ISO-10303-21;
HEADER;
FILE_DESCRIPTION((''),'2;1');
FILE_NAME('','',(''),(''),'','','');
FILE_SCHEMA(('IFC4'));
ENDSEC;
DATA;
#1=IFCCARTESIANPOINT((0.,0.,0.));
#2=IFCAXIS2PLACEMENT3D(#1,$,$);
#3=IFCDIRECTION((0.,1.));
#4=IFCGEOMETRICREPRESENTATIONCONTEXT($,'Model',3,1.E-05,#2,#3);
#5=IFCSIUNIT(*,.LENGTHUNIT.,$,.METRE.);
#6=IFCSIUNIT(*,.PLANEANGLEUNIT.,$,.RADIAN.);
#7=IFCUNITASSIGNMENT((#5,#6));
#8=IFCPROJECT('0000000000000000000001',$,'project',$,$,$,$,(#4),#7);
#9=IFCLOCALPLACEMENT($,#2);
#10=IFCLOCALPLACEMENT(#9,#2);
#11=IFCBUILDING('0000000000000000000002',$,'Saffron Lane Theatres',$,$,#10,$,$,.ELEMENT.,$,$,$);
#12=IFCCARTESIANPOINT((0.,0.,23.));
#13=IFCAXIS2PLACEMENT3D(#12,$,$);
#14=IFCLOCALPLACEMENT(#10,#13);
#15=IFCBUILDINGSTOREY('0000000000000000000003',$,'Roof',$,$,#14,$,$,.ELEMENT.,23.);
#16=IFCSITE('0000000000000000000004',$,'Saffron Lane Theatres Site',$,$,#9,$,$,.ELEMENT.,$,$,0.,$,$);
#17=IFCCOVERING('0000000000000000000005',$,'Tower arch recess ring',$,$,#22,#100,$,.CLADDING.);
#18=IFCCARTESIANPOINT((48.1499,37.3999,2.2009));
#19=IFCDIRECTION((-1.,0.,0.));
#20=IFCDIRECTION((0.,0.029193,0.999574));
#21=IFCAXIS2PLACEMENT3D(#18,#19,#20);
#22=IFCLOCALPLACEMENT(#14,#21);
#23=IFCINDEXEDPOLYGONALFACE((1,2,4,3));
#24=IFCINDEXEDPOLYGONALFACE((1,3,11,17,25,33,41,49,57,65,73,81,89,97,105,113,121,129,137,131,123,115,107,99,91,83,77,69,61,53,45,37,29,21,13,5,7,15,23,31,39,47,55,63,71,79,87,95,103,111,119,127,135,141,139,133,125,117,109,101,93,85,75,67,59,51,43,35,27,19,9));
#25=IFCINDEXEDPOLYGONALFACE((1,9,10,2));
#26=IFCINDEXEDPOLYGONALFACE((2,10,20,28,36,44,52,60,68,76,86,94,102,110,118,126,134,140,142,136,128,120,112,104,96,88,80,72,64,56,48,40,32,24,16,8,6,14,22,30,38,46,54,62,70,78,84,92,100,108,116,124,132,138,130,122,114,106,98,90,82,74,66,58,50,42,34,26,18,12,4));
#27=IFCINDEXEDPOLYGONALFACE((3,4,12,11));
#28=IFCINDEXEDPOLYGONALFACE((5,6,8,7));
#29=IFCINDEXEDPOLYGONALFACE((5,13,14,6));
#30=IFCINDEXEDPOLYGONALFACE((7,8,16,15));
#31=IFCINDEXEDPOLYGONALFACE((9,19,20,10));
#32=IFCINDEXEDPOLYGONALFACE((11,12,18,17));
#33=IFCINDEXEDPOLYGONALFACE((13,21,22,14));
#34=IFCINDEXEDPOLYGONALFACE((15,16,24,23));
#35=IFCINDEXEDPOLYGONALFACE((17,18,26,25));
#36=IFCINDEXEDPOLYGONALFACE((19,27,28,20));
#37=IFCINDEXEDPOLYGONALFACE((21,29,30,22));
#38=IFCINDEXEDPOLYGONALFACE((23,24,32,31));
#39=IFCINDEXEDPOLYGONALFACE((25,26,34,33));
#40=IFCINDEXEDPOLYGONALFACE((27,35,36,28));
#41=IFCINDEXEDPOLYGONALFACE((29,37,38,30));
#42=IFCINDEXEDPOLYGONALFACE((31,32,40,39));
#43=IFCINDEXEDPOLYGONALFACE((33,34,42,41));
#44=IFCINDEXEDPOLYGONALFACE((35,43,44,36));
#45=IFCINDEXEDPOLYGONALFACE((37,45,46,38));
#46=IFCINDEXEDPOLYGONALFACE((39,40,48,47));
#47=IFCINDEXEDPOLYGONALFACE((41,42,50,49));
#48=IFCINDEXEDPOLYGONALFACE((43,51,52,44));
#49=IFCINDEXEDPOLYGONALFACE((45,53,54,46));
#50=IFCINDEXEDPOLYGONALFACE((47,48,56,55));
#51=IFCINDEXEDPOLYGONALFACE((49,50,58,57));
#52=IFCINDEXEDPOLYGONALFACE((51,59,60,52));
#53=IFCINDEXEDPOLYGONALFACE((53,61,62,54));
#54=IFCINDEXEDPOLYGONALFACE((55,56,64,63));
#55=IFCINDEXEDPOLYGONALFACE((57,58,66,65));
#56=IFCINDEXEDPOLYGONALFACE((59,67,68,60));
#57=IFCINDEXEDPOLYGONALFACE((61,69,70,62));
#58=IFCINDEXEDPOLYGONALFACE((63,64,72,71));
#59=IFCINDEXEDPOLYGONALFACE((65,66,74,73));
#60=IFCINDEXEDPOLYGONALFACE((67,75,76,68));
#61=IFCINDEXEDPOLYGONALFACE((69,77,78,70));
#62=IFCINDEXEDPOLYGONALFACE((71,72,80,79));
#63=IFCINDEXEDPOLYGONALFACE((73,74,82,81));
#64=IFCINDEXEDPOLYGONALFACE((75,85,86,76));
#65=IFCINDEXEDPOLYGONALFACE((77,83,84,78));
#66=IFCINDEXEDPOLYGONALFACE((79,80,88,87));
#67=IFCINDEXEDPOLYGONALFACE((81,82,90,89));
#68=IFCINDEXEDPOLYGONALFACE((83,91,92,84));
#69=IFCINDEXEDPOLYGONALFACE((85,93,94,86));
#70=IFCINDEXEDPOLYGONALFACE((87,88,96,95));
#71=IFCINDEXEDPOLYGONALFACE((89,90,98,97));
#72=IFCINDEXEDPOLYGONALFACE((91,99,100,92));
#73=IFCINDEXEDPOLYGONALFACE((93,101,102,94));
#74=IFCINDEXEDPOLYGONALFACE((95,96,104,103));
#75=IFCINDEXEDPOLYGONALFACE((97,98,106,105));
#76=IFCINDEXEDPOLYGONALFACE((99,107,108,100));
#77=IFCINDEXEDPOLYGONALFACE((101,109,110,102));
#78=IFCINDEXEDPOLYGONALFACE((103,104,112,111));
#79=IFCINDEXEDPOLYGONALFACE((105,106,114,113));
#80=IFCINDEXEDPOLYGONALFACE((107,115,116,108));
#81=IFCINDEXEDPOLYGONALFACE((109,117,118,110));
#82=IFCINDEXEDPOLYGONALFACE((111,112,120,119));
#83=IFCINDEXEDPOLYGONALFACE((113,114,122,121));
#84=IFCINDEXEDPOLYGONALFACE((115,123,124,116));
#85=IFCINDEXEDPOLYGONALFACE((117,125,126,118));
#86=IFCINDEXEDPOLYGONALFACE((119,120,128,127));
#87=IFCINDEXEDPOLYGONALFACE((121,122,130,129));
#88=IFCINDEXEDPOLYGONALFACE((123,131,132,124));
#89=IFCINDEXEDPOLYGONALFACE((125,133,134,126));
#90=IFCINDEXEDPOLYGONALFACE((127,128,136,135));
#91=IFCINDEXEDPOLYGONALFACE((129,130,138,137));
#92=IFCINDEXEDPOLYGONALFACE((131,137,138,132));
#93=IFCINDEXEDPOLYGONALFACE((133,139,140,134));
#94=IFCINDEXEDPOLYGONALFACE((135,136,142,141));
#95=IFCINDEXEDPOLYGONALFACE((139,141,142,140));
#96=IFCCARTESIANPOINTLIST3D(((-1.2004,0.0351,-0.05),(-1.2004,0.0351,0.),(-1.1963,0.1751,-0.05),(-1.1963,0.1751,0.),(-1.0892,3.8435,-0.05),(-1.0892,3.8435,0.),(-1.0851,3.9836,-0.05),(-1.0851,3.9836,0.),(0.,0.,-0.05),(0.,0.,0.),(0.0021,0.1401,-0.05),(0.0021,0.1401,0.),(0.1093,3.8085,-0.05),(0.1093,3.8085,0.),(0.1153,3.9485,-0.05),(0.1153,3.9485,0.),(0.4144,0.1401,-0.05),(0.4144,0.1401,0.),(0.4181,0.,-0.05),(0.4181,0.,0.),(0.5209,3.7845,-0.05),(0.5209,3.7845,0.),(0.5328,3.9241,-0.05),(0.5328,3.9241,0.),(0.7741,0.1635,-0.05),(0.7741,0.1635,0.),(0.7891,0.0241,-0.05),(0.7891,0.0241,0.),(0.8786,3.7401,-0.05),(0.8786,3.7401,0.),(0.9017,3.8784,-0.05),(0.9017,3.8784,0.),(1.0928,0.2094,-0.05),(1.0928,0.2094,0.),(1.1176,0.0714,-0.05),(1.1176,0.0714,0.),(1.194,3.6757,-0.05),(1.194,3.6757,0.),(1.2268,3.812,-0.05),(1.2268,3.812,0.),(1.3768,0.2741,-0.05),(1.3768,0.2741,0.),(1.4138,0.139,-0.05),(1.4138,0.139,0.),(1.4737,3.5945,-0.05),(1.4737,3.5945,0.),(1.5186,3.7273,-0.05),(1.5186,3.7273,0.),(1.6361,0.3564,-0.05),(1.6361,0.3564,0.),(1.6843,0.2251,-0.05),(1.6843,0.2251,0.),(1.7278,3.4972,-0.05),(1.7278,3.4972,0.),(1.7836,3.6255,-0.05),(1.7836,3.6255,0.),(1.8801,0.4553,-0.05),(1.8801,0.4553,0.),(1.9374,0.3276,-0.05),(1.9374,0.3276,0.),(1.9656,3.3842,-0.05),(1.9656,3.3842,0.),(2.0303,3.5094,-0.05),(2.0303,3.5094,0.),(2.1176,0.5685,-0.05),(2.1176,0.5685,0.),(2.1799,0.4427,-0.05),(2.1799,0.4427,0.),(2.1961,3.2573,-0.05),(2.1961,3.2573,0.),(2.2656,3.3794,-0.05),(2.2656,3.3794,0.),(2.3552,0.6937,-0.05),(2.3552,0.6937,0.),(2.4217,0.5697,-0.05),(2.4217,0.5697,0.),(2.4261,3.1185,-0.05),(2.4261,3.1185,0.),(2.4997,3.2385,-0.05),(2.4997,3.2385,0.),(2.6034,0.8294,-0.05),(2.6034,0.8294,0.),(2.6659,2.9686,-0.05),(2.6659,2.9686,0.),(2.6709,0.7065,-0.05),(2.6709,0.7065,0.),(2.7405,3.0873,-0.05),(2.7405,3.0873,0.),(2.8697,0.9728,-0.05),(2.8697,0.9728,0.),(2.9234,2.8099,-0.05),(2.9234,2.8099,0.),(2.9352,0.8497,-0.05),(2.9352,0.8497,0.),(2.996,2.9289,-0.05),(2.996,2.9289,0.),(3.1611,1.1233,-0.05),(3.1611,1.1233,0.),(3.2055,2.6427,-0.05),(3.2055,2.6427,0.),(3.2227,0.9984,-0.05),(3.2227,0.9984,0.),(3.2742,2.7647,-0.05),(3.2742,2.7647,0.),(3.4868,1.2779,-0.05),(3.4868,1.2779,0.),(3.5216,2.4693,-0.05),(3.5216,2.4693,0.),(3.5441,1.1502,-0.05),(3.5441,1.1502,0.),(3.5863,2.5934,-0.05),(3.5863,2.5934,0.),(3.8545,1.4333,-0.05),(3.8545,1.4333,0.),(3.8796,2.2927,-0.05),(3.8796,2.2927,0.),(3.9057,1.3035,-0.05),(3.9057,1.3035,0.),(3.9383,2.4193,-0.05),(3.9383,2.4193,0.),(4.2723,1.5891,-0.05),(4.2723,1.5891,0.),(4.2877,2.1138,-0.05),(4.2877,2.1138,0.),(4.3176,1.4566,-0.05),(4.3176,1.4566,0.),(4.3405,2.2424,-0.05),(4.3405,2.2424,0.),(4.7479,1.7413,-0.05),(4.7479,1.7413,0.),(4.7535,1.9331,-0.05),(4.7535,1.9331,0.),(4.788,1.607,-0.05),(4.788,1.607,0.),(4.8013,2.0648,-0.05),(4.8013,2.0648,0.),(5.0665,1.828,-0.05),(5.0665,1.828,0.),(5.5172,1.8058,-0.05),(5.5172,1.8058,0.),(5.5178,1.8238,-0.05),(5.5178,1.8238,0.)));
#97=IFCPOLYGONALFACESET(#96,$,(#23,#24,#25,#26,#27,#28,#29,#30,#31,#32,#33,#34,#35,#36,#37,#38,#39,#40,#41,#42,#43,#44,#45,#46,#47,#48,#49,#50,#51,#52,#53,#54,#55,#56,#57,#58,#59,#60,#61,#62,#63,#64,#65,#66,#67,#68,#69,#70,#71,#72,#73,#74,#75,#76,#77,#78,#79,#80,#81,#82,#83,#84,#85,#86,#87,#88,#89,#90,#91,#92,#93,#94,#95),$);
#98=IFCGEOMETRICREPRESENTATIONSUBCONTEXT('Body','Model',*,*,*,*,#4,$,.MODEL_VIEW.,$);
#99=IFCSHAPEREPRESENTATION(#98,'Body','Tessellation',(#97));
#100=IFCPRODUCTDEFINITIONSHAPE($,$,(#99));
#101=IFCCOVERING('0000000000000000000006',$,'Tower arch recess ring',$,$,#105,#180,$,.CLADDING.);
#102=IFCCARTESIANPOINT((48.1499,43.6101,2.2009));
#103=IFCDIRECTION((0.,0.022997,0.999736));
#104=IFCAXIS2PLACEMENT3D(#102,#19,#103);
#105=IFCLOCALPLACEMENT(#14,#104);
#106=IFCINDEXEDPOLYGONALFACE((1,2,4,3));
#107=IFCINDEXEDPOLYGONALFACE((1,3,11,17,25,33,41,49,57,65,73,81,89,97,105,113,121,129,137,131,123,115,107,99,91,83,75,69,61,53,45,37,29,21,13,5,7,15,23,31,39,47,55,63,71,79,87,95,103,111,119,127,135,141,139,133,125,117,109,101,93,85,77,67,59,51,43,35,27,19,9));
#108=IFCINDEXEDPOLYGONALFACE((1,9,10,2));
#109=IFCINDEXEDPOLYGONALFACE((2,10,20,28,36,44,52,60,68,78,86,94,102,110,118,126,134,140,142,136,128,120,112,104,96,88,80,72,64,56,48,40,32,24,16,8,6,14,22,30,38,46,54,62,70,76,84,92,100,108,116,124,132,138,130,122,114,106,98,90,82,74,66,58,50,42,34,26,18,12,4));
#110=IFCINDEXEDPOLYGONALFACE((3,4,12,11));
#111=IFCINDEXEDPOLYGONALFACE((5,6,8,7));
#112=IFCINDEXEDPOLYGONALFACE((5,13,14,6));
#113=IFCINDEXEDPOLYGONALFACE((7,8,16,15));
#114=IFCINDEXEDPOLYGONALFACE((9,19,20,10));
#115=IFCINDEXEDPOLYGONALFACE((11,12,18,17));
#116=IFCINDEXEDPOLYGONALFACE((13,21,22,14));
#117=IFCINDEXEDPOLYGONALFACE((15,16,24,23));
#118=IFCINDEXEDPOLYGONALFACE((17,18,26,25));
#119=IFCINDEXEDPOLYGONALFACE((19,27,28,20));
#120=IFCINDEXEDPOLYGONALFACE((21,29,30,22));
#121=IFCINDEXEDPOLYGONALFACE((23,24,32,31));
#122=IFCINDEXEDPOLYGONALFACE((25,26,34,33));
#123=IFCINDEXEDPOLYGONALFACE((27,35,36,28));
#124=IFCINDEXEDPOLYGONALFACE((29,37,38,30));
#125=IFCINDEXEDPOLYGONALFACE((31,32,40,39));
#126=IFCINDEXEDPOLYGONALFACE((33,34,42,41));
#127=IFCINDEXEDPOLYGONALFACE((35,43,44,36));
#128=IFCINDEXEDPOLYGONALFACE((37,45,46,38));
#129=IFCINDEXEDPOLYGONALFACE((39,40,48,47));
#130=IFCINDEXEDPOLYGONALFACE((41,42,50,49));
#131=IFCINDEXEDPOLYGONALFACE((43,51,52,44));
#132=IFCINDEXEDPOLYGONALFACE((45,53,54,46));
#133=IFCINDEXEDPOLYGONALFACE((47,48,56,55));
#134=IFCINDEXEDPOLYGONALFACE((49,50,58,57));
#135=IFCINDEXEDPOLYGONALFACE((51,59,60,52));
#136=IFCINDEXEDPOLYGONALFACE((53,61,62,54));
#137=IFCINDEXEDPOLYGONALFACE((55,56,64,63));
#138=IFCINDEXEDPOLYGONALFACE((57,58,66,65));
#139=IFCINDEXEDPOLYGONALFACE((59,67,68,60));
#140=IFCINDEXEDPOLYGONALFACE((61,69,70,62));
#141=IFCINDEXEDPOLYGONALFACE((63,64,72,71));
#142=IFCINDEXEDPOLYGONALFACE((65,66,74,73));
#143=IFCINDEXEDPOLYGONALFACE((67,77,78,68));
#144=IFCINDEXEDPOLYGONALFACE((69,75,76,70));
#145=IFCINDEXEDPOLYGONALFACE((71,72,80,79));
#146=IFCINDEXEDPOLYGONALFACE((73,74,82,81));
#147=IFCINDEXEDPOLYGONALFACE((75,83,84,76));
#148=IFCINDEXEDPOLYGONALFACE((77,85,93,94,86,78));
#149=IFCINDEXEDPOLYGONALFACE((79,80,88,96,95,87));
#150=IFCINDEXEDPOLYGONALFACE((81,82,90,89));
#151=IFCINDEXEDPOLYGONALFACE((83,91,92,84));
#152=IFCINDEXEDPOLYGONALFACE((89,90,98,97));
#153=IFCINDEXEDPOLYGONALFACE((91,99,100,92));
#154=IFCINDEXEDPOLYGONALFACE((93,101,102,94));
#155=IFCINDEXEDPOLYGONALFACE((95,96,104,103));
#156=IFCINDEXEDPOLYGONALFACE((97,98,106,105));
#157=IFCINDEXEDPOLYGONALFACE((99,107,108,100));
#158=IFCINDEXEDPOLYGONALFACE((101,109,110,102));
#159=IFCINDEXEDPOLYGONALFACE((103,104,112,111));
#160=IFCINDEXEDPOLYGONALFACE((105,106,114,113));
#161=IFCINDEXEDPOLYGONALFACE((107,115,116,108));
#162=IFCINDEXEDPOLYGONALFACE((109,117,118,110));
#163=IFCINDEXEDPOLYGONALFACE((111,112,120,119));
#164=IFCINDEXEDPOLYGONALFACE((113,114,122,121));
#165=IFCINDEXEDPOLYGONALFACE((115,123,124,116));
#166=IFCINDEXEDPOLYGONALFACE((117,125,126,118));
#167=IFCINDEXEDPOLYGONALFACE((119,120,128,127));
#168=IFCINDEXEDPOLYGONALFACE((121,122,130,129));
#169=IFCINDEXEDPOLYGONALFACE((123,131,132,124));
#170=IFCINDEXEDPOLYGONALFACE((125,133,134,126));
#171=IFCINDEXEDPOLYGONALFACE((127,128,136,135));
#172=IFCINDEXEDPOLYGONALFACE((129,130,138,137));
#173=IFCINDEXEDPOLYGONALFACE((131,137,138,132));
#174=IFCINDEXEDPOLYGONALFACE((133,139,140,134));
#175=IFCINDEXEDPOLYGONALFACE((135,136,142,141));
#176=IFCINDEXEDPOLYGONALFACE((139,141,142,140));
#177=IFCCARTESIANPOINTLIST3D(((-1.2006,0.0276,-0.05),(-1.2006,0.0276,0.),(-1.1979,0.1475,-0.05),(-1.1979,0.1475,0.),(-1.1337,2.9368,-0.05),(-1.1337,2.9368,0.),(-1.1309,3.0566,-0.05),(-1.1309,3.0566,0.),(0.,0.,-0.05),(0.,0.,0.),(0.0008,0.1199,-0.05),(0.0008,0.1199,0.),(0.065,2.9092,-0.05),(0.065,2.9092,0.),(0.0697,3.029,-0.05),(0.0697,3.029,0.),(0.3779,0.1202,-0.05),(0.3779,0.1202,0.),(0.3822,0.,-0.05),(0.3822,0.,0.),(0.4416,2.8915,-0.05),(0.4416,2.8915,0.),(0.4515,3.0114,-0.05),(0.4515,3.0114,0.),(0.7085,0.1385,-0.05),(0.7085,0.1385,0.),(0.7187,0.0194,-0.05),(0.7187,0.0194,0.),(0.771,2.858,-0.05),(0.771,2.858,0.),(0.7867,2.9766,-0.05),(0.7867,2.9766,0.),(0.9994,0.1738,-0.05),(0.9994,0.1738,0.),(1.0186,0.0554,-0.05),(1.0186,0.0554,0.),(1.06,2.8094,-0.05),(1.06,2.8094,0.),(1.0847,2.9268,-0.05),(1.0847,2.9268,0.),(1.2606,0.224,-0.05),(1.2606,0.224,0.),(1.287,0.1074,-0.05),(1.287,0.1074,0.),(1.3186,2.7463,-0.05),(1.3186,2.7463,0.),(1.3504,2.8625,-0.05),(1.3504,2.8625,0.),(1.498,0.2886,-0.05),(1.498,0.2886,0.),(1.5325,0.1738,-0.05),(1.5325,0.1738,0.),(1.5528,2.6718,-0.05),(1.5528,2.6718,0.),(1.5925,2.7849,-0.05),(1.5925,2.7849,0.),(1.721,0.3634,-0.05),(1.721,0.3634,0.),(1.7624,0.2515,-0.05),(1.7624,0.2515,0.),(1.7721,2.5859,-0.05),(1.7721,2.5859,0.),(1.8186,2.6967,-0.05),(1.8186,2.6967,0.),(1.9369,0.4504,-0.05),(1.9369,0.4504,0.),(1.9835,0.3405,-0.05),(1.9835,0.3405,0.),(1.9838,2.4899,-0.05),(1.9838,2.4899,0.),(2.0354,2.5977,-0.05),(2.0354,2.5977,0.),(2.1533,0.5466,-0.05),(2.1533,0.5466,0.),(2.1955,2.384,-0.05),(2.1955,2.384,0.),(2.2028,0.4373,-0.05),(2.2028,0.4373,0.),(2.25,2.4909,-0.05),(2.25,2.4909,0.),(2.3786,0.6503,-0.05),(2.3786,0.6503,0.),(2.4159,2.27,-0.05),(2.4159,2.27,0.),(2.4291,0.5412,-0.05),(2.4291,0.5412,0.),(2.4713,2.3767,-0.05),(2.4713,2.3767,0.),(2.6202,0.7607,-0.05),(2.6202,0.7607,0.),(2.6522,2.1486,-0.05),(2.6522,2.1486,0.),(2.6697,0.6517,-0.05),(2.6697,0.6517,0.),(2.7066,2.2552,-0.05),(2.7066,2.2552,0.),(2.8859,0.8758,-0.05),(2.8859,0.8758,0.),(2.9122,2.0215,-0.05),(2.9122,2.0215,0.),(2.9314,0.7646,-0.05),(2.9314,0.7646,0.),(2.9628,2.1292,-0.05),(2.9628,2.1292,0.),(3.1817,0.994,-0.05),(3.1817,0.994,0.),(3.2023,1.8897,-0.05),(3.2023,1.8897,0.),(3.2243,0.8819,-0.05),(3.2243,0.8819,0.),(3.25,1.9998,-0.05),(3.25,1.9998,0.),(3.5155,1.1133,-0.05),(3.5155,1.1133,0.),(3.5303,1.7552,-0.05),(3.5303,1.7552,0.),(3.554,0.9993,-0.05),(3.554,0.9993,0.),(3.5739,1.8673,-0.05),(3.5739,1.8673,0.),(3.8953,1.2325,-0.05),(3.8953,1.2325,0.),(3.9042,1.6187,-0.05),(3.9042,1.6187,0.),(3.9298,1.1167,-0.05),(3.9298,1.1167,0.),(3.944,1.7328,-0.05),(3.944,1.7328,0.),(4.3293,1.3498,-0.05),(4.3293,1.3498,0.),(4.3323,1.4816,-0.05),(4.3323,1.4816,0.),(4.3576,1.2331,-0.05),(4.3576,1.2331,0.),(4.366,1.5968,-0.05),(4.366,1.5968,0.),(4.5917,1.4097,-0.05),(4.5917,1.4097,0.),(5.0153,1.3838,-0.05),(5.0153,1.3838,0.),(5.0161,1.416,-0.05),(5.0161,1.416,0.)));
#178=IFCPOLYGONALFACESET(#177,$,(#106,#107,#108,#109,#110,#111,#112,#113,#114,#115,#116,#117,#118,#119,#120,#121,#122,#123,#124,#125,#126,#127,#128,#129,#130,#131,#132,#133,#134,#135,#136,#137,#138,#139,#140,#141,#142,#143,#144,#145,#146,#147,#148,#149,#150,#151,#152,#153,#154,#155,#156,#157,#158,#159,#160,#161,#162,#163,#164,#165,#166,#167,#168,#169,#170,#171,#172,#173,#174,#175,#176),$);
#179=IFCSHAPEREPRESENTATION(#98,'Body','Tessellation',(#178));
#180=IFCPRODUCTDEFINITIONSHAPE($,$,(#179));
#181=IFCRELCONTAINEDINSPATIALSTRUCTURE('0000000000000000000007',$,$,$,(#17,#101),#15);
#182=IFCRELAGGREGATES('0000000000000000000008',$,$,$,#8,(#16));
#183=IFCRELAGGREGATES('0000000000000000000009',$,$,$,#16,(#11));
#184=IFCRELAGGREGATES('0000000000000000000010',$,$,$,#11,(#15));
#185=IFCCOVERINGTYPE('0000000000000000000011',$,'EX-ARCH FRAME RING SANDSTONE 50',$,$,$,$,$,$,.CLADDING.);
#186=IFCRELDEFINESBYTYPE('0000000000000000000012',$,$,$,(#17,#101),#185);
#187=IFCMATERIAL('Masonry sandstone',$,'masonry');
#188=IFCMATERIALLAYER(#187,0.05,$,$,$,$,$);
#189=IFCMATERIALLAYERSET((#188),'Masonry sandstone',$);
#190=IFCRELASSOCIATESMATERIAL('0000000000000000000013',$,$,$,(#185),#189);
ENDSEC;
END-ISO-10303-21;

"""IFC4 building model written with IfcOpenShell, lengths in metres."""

from ifc_helpers import new_model, si_unit, direction, frame, origin, place, context, subcontext, project, spatial, polyline, outline, extrude, material, layer, layer_set, type_object, element, save


model = new_model("IFC4")

# Units and contexts
model_context = context("Model", 3, precision=1e-05, world=origin(), true_north=direction((0.0, 1.0)))
body_context = subcontext(model_context, "Body", "Model", "MODEL_VIEW")
ifc_project = project(units=[si_unit("LENGTHUNIT", "METRE"), si_unit("PLANEANGLEUNIT", "RADIAN")], contexts=[model_context])

# Site, building, storey
site_placement = place(None, origin())
site = spatial("IfcSite", under=ifc_project, at=site_placement, Name="Saffron Lane Theatres Site", CompositionType="ELEMENT", RefElevation=0.0)
building_placement = place(site_placement, origin())
building = spatial("IfcBuilding", under=site, at=building_placement, Name="Saffron Lane Theatres", CompositionType="ELEMENT")
storey_placement = place(building_placement, frame((0.0, 0.0, 23.0)))
storey = spatial("IfcBuildingStorey", under=building, at=storey_placement, Name="Roof", CompositionType="ELEMENT", Elevation=23.0)

# Coverings
ifc_material_1 = material(Name="Masonry sandstone", Category="masonry")
ifc_layer_1 = layer(ifc_material_1, 0.05)
ifc_layer_set_1 = layer_set([ifc_layer_1], Name="Masonry sandstone")
covering_type_1 = type_object("IfcCoveringType", Name="EX-ARCH FRAME RING SANDSTONE 50", PredefinedType="CLADDING", material=ifc_layer_set_1)
covering_1_placement = place(storey_placement, frame((48.1499, 37.3999, 2.2009), z_axis=(-1.0, 0.0, 0.0), x_axis=(0.0, 0.029193, 0.999574)))
element("IfcCovering", 1, at=covering_1_placement, inside=storey, type_object=covering_type_1, Name="Tower arch recess ring", PredefinedType="CLADDING", context=body_context, shape_type="SweptSolid", body=[
    extrude(outline(polyline([(0.0, 0.0), (0.4181, 0.0), (0.7891, 0.0241), (1.1176, 0.0714), (1.4138, 0.139), (1.6843, 0.2251), (1.9374, 0.3276), (2.1799, 0.4427), (2.4217, 0.5697), (2.6709, 0.7065), (2.9352, 0.8497), (3.2227, 0.9984), (3.5441, 1.1502), (3.9057, 1.3035), (4.3176, 1.4566), (4.788, 1.607), (5.5172, 1.8058), (5.5178, 1.8238), (4.8013, 2.0648), (4.3405, 2.2424), (3.9383, 2.4193), (3.5863, 2.5934), (3.2742, 2.7647), (2.996, 2.9289), (2.7405, 3.0873), (2.4997, 3.2385), (2.2656, 3.3794), (2.0303, 3.5094), (1.7836, 3.6255), (1.5186, 3.7273), (1.2268, 3.812), (0.9017, 3.8784), (0.5328, 3.9241), (0.1153, 3.9485), (-1.0851, 3.9836), (-1.0892, 3.8435), (0.1093, 3.8085), (0.5209, 3.7845), (0.8786, 3.7401), (1.194, 3.6757), (1.4737, 3.5945), (1.7278, 3.4972), (1.9656, 3.3842), (2.1961, 3.2573), (2.4261, 3.1185), (2.6659, 2.9686), (2.9234, 2.8099), (3.2055, 2.6427), (3.5216, 2.4693), (3.8796, 2.2927), (4.2877, 2.1138), (4.7535, 1.9331), (5.0665, 1.828), (4.7479, 1.7413), (4.2723, 1.5891), (3.8545, 1.4333), (3.4868, 1.2779), (3.1611, 1.1233), (2.8697, 0.9728), (2.6034, 0.8294), (2.3552, 0.6937), (2.1176, 0.5685), (1.8801, 0.4553), (1.6361, 0.3564), (1.3768, 0.2741), (1.0928, 0.2094), (0.7741, 0.1635), (0.4144, 0.1401), (0.0021, 0.1401), (-1.1963, 0.1751), (-1.2004, 0.0351), (0.0, 0.0)])), origin(), (0.0, 0.0, -1.0), 0.05),
])
covering_2_placement = place(storey_placement, frame((48.1499, 43.6101, 2.2009), z_axis=(-1.0, 0.0, 0.0), x_axis=(0.0, 0.022997, 0.999736)))
element("IfcCovering", 2, at=covering_2_placement, inside=storey, type_object=covering_type_1, Name="Tower arch recess ring", PredefinedType="CLADDING", context=body_context, shape_type="SweptSolid", body=[
    extrude(outline(polyline([(0.0, 0.0), (0.3822, 0.0), (0.7187, 0.0194), (1.0186, 0.0554), (1.287, 0.1074), (1.5325, 0.1738), (1.7624, 0.2515), (1.9835, 0.3405), (2.2028, 0.4373), (2.4291, 0.5412), (2.6697, 0.6517), (2.9314, 0.7646), (3.2243, 0.8819), (3.554, 0.9993), (3.9298, 1.1167), (4.3576, 1.2331), (5.0153, 1.3838), (5.0161, 1.416), (4.366, 1.5968), (3.944, 1.7328), (3.5739, 1.8673), (3.25, 1.9998), (2.9628, 2.1292), (2.7066, 2.2552), (2.4713, 2.3767), (2.25, 2.4909), (2.0354, 2.5977), (1.8186, 2.6967), (1.5925, 2.7849), (1.3504, 2.8625), (1.0847, 2.9268), (0.7867, 2.9766), (0.4515, 3.0114), (0.0697, 3.029), (-1.1309, 3.0566), (-1.1337, 2.9368), (0.065, 2.9092), (0.4416, 2.8915), (0.771, 2.858), (1.06, 2.8094), (1.3186, 2.7463), (1.5528, 2.6718), (1.7721, 2.5859), (1.9838, 2.4899), (2.1955, 2.384), (2.4159, 2.27), (2.6522, 2.1486), (2.9122, 2.0215), (3.2023, 1.8897), (3.5303, 1.7552), (3.9042, 1.6187), (4.3323, 1.4816), (4.5917, 1.4097), (4.3293, 1.3498), (3.8953, 1.2325), (3.5155, 1.1133), (3.1817, 0.994), (2.8859, 0.8758), (2.6202, 0.7607), (2.3786, 0.6503), (2.1533, 0.5466), (1.9369, 0.4504), (1.721, 0.3634), (1.498, 0.2886), (1.2606, 0.224), (0.9994, 0.1738), (0.7085, 0.1385), (0.3779, 0.1202), (0.0008, 0.1199), (-1.1979, 0.1475), (-1.2006, 0.0276), (0.0, 0.0)])), origin(), (0.0, 0.0, -1.0), 0.05),
])

save(model, "model.ifc")
